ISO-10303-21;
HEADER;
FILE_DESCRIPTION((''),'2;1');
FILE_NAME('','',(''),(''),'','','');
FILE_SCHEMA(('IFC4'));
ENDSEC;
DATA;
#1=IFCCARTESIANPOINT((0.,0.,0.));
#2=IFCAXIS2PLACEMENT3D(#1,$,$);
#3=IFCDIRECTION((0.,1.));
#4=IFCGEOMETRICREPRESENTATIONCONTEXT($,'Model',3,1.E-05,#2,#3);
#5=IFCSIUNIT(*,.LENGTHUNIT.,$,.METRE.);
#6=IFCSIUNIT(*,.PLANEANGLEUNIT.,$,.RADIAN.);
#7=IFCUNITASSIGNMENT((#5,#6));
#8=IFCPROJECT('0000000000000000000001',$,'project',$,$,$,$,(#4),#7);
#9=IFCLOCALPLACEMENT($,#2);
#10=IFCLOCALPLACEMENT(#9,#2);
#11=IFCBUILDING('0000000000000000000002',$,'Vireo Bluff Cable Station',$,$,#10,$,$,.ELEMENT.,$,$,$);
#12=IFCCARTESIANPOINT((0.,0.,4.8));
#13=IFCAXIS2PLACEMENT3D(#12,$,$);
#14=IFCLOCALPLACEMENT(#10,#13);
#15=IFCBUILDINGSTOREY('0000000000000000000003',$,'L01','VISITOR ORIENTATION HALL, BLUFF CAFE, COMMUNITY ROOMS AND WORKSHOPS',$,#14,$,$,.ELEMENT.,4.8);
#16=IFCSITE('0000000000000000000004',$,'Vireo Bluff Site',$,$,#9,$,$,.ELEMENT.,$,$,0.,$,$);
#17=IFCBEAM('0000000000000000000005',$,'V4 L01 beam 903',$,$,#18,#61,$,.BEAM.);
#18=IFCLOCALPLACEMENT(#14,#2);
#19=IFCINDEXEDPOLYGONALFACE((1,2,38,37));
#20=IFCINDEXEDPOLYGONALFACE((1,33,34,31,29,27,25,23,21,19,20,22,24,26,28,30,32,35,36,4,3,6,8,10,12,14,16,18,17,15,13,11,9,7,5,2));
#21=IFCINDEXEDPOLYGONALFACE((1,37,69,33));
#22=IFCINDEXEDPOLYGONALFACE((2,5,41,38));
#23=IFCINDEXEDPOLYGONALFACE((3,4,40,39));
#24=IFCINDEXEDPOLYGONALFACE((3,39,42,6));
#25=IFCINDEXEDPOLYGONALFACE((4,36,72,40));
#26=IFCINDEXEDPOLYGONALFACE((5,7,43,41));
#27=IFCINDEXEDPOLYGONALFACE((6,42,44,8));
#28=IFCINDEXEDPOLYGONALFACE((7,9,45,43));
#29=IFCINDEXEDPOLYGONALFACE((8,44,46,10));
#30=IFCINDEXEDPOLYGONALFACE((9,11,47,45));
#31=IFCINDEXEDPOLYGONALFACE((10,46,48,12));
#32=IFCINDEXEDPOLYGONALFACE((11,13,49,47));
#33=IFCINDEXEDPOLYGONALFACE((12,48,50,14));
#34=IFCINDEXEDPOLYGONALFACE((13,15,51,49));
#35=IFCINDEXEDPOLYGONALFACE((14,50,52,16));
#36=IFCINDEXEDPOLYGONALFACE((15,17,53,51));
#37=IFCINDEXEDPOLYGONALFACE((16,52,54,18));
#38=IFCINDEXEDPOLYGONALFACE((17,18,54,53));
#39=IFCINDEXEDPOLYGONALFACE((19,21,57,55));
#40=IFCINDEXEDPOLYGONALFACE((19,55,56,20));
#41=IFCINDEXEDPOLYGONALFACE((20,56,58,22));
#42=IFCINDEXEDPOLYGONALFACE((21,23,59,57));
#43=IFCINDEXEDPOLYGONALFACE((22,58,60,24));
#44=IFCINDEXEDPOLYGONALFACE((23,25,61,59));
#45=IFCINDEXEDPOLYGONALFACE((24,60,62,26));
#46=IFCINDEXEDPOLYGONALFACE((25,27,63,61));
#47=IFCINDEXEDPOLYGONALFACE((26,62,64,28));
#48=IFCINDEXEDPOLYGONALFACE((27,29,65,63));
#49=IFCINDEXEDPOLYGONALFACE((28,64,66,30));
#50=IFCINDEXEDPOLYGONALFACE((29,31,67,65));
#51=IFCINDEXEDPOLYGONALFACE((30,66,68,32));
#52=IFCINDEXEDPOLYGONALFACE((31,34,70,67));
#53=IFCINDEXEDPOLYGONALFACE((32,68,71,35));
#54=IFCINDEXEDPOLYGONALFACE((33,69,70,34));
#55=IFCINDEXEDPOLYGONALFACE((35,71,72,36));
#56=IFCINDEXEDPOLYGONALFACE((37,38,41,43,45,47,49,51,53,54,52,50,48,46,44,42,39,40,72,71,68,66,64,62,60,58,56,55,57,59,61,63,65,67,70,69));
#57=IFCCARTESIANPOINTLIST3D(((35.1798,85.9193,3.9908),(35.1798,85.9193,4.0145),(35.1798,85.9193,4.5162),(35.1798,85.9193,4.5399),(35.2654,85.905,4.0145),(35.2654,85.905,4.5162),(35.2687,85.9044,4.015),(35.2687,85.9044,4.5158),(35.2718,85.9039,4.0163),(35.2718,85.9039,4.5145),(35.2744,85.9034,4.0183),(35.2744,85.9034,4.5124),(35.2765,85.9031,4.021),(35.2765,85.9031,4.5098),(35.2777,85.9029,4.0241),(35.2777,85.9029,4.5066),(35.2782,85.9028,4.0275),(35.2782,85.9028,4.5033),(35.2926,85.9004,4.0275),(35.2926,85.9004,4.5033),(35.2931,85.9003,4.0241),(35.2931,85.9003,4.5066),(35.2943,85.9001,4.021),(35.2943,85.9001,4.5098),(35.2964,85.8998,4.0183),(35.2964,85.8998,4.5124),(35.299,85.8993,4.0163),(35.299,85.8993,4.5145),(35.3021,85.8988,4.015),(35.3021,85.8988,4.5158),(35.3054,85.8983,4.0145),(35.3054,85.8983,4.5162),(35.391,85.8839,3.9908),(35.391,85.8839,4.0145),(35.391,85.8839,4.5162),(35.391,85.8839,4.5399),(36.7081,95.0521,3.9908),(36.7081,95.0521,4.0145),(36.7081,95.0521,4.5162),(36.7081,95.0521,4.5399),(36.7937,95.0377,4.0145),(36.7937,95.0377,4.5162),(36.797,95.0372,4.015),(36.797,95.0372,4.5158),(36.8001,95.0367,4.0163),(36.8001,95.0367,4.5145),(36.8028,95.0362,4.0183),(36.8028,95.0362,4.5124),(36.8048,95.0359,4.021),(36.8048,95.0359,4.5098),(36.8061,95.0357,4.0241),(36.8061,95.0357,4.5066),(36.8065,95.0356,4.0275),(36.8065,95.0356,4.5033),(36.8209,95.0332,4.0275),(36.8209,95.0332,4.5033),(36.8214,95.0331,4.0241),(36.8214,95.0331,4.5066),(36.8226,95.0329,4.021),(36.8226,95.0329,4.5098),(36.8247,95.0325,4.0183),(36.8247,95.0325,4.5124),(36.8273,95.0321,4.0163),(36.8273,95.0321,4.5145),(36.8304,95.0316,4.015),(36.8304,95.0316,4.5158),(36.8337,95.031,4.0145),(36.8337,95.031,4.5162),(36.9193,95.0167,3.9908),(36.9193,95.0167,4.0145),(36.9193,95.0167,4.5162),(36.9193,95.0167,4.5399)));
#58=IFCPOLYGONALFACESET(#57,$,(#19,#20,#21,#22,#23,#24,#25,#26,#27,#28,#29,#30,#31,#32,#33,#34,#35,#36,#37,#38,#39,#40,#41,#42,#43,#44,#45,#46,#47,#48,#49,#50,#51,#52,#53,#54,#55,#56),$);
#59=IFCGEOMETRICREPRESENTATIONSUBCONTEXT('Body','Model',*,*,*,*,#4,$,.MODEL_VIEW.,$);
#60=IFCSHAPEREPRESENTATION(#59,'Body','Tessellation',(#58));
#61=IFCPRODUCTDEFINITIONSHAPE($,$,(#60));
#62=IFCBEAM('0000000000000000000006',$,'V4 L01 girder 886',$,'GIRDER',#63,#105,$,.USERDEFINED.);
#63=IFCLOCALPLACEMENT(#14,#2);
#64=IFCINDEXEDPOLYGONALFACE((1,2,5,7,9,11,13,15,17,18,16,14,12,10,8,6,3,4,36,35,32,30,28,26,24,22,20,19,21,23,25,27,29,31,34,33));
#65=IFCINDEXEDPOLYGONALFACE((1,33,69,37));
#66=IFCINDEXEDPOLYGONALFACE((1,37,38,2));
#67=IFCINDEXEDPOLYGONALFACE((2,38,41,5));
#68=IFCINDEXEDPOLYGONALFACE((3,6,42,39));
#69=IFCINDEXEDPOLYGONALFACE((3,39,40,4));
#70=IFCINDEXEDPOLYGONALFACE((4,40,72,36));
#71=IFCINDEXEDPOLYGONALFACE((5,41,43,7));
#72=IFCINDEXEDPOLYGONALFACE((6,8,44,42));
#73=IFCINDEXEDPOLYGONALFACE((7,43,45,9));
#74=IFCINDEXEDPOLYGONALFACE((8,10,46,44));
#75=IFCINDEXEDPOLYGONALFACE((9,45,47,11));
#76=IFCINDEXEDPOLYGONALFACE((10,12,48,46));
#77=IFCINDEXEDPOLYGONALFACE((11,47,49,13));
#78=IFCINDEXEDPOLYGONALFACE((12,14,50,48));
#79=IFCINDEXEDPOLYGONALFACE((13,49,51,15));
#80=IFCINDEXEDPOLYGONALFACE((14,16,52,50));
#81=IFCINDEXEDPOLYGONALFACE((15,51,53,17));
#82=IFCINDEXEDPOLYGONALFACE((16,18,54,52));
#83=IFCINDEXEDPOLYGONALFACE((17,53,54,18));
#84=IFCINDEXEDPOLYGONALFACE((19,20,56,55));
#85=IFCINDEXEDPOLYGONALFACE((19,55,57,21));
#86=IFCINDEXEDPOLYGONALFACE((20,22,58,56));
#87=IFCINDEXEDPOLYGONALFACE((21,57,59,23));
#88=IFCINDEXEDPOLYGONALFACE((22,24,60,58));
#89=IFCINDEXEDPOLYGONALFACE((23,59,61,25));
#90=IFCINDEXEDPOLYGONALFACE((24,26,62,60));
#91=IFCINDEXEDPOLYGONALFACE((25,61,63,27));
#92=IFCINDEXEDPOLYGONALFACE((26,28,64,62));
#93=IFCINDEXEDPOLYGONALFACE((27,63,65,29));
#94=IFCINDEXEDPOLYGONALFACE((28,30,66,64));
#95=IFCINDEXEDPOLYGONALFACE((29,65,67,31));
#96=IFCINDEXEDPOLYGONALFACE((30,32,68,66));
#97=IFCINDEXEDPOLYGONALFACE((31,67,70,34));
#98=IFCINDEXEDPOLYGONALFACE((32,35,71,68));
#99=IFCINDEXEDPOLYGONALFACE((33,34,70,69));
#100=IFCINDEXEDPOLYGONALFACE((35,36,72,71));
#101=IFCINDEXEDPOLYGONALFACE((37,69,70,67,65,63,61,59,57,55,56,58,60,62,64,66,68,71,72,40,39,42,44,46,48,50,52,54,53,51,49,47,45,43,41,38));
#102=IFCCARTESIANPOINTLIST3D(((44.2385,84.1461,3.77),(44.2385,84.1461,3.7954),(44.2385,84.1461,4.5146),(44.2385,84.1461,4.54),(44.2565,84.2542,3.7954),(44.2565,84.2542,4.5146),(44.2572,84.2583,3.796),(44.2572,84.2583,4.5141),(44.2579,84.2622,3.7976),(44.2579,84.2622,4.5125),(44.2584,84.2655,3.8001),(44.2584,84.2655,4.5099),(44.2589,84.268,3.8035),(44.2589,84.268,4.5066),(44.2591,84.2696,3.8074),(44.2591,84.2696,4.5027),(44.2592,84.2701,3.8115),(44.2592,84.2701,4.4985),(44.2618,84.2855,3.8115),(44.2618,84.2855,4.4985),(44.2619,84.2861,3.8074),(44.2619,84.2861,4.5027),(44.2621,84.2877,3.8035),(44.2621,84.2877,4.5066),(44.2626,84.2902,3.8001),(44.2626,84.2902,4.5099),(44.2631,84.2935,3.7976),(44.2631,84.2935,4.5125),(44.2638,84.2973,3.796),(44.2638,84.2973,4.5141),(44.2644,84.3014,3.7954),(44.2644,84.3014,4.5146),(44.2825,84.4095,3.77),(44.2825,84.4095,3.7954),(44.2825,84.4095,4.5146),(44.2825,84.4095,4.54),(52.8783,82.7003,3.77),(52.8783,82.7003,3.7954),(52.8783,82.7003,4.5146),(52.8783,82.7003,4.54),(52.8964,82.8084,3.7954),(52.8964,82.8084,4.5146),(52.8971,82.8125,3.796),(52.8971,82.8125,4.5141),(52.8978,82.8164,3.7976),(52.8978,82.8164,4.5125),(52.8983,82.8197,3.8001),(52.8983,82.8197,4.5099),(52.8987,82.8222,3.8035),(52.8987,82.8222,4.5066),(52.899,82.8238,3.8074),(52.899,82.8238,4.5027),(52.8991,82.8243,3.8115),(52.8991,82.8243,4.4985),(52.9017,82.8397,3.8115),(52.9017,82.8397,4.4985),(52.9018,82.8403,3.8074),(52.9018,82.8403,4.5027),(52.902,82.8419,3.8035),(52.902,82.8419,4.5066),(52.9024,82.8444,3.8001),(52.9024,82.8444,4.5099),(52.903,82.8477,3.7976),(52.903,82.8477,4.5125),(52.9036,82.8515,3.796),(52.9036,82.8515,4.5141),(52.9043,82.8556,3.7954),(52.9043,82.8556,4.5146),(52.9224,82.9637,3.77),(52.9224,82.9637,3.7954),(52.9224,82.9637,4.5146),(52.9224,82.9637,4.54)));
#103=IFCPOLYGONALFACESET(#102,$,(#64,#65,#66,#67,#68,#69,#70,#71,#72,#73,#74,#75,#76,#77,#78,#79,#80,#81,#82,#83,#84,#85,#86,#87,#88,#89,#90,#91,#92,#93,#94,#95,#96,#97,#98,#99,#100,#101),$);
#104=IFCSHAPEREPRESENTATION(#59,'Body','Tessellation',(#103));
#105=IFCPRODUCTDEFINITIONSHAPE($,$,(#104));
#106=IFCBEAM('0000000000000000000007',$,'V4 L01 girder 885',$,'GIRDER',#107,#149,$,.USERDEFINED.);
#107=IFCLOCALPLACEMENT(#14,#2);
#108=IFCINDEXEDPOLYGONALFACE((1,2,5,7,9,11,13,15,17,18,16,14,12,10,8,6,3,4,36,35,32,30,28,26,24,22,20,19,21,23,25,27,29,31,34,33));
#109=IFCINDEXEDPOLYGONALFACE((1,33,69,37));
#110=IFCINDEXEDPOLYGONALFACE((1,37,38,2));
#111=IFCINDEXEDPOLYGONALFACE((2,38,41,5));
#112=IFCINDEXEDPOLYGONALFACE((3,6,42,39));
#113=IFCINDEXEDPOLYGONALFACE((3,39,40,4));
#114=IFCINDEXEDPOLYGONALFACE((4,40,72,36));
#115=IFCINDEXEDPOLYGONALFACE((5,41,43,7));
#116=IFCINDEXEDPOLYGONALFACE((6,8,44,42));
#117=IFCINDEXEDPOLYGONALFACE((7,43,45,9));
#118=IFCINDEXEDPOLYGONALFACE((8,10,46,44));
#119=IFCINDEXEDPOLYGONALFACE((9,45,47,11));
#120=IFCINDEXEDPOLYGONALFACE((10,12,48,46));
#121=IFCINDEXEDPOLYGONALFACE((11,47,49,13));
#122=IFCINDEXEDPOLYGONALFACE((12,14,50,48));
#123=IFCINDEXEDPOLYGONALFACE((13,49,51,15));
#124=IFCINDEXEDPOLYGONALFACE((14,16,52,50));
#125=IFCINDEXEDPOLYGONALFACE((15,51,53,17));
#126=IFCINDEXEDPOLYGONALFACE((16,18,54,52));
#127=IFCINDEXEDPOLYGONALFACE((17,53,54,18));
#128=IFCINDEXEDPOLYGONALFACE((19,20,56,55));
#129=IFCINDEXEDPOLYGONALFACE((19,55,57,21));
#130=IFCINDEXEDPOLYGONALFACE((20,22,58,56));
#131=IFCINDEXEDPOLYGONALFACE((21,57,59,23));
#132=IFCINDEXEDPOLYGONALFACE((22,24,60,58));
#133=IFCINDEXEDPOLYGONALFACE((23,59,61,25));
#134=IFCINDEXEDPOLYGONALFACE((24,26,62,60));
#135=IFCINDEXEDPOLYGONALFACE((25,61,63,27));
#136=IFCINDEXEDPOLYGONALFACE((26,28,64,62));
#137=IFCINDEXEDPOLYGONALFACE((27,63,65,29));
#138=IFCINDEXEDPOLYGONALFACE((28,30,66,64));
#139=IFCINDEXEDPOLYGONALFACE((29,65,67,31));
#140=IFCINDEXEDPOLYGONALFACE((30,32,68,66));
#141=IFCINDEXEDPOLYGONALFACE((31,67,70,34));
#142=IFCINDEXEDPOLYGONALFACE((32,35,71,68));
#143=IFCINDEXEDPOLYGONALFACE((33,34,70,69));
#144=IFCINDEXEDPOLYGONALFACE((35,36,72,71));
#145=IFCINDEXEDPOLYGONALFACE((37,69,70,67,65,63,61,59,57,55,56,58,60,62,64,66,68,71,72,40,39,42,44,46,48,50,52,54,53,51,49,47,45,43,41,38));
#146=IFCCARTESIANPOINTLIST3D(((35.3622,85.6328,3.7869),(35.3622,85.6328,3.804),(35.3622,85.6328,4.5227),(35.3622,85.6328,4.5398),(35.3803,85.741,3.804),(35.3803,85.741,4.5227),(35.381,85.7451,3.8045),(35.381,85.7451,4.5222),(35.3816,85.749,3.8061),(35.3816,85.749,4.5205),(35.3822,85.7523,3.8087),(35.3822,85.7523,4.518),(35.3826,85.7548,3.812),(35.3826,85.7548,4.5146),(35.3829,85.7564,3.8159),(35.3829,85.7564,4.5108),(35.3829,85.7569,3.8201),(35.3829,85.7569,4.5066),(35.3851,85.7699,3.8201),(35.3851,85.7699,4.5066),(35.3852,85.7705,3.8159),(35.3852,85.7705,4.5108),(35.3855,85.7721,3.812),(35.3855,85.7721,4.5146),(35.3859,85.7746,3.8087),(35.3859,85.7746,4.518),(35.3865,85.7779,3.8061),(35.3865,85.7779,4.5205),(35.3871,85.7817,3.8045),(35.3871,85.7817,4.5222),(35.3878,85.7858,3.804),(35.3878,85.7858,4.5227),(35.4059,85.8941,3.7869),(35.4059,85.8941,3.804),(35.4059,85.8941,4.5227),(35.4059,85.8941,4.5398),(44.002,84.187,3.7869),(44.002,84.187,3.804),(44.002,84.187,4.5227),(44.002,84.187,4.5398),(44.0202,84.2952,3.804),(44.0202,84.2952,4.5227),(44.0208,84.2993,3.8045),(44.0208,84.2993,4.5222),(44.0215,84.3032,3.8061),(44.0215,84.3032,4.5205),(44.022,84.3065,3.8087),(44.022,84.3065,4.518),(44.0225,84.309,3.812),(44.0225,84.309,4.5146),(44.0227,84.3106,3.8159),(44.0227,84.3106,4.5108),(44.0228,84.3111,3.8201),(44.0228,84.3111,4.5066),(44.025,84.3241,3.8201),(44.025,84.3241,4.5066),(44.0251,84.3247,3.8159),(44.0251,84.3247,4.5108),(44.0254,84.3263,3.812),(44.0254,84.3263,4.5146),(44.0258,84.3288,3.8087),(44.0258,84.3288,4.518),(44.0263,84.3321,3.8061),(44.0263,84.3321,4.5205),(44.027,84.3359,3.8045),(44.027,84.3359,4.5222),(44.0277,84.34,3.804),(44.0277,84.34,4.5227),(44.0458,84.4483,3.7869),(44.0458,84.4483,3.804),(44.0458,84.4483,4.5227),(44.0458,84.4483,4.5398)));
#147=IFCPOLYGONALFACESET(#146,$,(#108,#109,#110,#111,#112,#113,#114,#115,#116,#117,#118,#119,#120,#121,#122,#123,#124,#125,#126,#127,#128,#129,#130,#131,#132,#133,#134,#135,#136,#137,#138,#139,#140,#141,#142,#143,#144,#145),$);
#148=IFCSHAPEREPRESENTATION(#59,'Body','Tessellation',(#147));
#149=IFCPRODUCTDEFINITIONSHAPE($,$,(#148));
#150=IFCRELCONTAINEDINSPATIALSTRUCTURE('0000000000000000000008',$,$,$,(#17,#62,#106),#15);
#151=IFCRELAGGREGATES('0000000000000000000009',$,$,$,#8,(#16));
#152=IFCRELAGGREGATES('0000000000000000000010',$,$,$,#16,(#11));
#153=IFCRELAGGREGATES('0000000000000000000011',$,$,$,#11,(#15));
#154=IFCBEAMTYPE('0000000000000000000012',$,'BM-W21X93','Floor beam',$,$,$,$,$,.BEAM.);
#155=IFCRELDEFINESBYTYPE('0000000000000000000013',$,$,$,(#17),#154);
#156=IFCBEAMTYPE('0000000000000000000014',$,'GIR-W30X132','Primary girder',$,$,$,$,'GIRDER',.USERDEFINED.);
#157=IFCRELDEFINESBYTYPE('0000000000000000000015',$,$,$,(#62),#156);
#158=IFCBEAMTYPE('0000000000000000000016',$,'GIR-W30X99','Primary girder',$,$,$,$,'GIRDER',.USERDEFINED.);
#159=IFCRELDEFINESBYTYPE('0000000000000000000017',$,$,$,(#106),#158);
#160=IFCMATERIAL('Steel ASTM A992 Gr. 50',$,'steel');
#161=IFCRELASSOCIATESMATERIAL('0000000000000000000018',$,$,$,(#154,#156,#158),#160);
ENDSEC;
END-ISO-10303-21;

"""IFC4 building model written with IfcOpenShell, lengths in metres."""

from ifc_helpers import new_model, si_unit, direction, frame, origin, origin_2d, place, context, subcontext, project, spatial, i_section, extrude, material, material_profile, profile_set, type_object, element, save


model = new_model("IFC4")

# Units and contexts
model_context = context("Model", 3, precision=1e-05, world=origin(), true_north=direction((0.0, 1.0)))
body_context = subcontext(model_context, "Body", "Model", "MODEL_VIEW")
ifc_project = project(units=[si_unit("LENGTHUNIT", "METRE"), si_unit("PLANEANGLEUNIT", "RADIAN")], contexts=[model_context])

# Site, building, storey
site_placement = place(None, origin())
site = spatial("IfcSite", under=ifc_project, at=site_placement, Name="Vireo Bluff Site", CompositionType="ELEMENT", RefElevation=0.0)
building_placement = place(site_placement, origin())
building = spatial("IfcBuilding", under=site, at=building_placement, Name="Vireo Bluff Cable Station", CompositionType="ELEMENT")
storey_placement = place(building_placement, frame((0.0, 0.0, 4.8)))
storey = spatial("IfcBuildingStorey", under=building, at=storey_placement, Name="L01", Description="VISITOR ORIENTATION HALL, BLUFF CAFE, COMMUNITY ROOMS AND WORKSHOPS", CompositionType="ELEMENT", Elevation=4.8)

# Shared definitions
ifc_material_1 = material(Name="Steel ASTM A992 Gr. 50", Category="steel")

# Beams
ifc_material_profile_1 = material_profile(ifc_material_1, i_section(OverallWidth=0.2141, OverallDepth=0.5491, WebThickness=0.0146, FlangeThickness=0.0237, FilletRadius=0.0129, at=origin_2d()), Name="W21X93")
ifc_profile_set_1 = profile_set([ifc_material_profile_1], Name="Steel ASTM A992 Gr. 50")
beam_type_1 = type_object("IfcBeamType", Name="BM-W21X93", Description="Floor beam", PredefinedType="BEAM", material=ifc_profile_set_1)
beam_1_placement = place(storey_placement, frame((35.2854, 85.9016, 4.2654), z_axis=(0.165049, 0.986285, 0.0), x_axis=(-0.986285, 0.165049, 0.0)))
element("IfcBeam", 1, at=beam_1_placement, inside=storey, type_object=beam_type_1, Name="V4 L01 beam 903", PredefinedType="BEAM", context=body_context, shape_type="SweptSolid", body=[
    extrude(i_section(OverallWidth=0.2141, OverallDepth=0.5491, WebThickness=0.0146, FlangeThickness=0.0237, FilletRadius=0.0129, at=origin_2d()), origin(), (0.0, 0.0, 1.0), 9.2598),
])
ifc_material_profile_2 = material_profile(ifc_material_1, i_section(OverallWidth=0.2671, OverallDepth=0.77, WebThickness=0.0156, FlangeThickness=0.0254, FilletRadius=0.0161, at=origin_2d()), Name="W30X132")
ifc_profile_set_2 = profile_set([ifc_material_profile_2], Name="Steel ASTM A992 Gr. 50")
beam_type_2 = type_object("IfcBeamType", Name="GIR-W30X132", Description="Primary girder", ElementType="GIRDER", PredefinedType="USERDEFINED", material=ifc_profile_set_2)
beam_2_placement = place(storey_placement, frame((44.2605, 84.2778, 4.155), z_axis=(0.986286, -0.165045, 0.0), x_axis=(0.165045, 0.986286, 0.0)))
element("IfcBeam", 2, at=beam_2_placement, inside=storey, type_object=beam_type_2, Name="V4 L01 girder 886", ObjectType="GIRDER", PredefinedType="USERDEFINED", context=body_context, shape_type="SweptSolid", body=[
    extrude(i_section(OverallWidth=0.2671, OverallDepth=0.77, WebThickness=0.0156, FlangeThickness=0.0254, FilletRadius=0.0161, at=origin_2d()), origin(), (0.0, 0.0, 1.0), 8.76),
])
ifc_material_profile_3 = material_profile(ifc_material_1, i_section(OverallWidth=0.2649, OverallDepth=0.7529, WebThickness=0.0132, FlangeThickness=0.0171, FilletRadius=0.0161, at=origin_2d()), Name="W30X99")
ifc_profile_set_3 = profile_set([ifc_material_profile_3], Name="Steel ASTM A992 Gr. 50")
beam_type_3 = type_object("IfcBeamType", Name="GIR-W30X99", Description="Primary girder", ElementType="GIRDER", PredefinedType="USERDEFINED", material=ifc_profile_set_3)
beam_3_placement = place(storey_placement, frame((35.384, 85.7634, 4.1633), z_axis=(0.986286, -0.165045, 0.0), x_axis=(0.165045, 0.986286, 0.0)))
element("IfcBeam", 3, at=beam_3_placement, inside=storey, type_object=beam_type_3, Name="V4 L01 girder 885", ObjectType="GIRDER", PredefinedType="USERDEFINED", context=body_context, shape_type="SweptSolid", body=[
    extrude(i_section(OverallWidth=0.2649, OverallDepth=0.7529, WebThickness=0.0132, FlangeThickness=0.0171, FilletRadius=0.0161, at=origin_2d()), origin(), (0.0, 0.0, 1.0), 8.76),
])

save(model, "model.ifc")
